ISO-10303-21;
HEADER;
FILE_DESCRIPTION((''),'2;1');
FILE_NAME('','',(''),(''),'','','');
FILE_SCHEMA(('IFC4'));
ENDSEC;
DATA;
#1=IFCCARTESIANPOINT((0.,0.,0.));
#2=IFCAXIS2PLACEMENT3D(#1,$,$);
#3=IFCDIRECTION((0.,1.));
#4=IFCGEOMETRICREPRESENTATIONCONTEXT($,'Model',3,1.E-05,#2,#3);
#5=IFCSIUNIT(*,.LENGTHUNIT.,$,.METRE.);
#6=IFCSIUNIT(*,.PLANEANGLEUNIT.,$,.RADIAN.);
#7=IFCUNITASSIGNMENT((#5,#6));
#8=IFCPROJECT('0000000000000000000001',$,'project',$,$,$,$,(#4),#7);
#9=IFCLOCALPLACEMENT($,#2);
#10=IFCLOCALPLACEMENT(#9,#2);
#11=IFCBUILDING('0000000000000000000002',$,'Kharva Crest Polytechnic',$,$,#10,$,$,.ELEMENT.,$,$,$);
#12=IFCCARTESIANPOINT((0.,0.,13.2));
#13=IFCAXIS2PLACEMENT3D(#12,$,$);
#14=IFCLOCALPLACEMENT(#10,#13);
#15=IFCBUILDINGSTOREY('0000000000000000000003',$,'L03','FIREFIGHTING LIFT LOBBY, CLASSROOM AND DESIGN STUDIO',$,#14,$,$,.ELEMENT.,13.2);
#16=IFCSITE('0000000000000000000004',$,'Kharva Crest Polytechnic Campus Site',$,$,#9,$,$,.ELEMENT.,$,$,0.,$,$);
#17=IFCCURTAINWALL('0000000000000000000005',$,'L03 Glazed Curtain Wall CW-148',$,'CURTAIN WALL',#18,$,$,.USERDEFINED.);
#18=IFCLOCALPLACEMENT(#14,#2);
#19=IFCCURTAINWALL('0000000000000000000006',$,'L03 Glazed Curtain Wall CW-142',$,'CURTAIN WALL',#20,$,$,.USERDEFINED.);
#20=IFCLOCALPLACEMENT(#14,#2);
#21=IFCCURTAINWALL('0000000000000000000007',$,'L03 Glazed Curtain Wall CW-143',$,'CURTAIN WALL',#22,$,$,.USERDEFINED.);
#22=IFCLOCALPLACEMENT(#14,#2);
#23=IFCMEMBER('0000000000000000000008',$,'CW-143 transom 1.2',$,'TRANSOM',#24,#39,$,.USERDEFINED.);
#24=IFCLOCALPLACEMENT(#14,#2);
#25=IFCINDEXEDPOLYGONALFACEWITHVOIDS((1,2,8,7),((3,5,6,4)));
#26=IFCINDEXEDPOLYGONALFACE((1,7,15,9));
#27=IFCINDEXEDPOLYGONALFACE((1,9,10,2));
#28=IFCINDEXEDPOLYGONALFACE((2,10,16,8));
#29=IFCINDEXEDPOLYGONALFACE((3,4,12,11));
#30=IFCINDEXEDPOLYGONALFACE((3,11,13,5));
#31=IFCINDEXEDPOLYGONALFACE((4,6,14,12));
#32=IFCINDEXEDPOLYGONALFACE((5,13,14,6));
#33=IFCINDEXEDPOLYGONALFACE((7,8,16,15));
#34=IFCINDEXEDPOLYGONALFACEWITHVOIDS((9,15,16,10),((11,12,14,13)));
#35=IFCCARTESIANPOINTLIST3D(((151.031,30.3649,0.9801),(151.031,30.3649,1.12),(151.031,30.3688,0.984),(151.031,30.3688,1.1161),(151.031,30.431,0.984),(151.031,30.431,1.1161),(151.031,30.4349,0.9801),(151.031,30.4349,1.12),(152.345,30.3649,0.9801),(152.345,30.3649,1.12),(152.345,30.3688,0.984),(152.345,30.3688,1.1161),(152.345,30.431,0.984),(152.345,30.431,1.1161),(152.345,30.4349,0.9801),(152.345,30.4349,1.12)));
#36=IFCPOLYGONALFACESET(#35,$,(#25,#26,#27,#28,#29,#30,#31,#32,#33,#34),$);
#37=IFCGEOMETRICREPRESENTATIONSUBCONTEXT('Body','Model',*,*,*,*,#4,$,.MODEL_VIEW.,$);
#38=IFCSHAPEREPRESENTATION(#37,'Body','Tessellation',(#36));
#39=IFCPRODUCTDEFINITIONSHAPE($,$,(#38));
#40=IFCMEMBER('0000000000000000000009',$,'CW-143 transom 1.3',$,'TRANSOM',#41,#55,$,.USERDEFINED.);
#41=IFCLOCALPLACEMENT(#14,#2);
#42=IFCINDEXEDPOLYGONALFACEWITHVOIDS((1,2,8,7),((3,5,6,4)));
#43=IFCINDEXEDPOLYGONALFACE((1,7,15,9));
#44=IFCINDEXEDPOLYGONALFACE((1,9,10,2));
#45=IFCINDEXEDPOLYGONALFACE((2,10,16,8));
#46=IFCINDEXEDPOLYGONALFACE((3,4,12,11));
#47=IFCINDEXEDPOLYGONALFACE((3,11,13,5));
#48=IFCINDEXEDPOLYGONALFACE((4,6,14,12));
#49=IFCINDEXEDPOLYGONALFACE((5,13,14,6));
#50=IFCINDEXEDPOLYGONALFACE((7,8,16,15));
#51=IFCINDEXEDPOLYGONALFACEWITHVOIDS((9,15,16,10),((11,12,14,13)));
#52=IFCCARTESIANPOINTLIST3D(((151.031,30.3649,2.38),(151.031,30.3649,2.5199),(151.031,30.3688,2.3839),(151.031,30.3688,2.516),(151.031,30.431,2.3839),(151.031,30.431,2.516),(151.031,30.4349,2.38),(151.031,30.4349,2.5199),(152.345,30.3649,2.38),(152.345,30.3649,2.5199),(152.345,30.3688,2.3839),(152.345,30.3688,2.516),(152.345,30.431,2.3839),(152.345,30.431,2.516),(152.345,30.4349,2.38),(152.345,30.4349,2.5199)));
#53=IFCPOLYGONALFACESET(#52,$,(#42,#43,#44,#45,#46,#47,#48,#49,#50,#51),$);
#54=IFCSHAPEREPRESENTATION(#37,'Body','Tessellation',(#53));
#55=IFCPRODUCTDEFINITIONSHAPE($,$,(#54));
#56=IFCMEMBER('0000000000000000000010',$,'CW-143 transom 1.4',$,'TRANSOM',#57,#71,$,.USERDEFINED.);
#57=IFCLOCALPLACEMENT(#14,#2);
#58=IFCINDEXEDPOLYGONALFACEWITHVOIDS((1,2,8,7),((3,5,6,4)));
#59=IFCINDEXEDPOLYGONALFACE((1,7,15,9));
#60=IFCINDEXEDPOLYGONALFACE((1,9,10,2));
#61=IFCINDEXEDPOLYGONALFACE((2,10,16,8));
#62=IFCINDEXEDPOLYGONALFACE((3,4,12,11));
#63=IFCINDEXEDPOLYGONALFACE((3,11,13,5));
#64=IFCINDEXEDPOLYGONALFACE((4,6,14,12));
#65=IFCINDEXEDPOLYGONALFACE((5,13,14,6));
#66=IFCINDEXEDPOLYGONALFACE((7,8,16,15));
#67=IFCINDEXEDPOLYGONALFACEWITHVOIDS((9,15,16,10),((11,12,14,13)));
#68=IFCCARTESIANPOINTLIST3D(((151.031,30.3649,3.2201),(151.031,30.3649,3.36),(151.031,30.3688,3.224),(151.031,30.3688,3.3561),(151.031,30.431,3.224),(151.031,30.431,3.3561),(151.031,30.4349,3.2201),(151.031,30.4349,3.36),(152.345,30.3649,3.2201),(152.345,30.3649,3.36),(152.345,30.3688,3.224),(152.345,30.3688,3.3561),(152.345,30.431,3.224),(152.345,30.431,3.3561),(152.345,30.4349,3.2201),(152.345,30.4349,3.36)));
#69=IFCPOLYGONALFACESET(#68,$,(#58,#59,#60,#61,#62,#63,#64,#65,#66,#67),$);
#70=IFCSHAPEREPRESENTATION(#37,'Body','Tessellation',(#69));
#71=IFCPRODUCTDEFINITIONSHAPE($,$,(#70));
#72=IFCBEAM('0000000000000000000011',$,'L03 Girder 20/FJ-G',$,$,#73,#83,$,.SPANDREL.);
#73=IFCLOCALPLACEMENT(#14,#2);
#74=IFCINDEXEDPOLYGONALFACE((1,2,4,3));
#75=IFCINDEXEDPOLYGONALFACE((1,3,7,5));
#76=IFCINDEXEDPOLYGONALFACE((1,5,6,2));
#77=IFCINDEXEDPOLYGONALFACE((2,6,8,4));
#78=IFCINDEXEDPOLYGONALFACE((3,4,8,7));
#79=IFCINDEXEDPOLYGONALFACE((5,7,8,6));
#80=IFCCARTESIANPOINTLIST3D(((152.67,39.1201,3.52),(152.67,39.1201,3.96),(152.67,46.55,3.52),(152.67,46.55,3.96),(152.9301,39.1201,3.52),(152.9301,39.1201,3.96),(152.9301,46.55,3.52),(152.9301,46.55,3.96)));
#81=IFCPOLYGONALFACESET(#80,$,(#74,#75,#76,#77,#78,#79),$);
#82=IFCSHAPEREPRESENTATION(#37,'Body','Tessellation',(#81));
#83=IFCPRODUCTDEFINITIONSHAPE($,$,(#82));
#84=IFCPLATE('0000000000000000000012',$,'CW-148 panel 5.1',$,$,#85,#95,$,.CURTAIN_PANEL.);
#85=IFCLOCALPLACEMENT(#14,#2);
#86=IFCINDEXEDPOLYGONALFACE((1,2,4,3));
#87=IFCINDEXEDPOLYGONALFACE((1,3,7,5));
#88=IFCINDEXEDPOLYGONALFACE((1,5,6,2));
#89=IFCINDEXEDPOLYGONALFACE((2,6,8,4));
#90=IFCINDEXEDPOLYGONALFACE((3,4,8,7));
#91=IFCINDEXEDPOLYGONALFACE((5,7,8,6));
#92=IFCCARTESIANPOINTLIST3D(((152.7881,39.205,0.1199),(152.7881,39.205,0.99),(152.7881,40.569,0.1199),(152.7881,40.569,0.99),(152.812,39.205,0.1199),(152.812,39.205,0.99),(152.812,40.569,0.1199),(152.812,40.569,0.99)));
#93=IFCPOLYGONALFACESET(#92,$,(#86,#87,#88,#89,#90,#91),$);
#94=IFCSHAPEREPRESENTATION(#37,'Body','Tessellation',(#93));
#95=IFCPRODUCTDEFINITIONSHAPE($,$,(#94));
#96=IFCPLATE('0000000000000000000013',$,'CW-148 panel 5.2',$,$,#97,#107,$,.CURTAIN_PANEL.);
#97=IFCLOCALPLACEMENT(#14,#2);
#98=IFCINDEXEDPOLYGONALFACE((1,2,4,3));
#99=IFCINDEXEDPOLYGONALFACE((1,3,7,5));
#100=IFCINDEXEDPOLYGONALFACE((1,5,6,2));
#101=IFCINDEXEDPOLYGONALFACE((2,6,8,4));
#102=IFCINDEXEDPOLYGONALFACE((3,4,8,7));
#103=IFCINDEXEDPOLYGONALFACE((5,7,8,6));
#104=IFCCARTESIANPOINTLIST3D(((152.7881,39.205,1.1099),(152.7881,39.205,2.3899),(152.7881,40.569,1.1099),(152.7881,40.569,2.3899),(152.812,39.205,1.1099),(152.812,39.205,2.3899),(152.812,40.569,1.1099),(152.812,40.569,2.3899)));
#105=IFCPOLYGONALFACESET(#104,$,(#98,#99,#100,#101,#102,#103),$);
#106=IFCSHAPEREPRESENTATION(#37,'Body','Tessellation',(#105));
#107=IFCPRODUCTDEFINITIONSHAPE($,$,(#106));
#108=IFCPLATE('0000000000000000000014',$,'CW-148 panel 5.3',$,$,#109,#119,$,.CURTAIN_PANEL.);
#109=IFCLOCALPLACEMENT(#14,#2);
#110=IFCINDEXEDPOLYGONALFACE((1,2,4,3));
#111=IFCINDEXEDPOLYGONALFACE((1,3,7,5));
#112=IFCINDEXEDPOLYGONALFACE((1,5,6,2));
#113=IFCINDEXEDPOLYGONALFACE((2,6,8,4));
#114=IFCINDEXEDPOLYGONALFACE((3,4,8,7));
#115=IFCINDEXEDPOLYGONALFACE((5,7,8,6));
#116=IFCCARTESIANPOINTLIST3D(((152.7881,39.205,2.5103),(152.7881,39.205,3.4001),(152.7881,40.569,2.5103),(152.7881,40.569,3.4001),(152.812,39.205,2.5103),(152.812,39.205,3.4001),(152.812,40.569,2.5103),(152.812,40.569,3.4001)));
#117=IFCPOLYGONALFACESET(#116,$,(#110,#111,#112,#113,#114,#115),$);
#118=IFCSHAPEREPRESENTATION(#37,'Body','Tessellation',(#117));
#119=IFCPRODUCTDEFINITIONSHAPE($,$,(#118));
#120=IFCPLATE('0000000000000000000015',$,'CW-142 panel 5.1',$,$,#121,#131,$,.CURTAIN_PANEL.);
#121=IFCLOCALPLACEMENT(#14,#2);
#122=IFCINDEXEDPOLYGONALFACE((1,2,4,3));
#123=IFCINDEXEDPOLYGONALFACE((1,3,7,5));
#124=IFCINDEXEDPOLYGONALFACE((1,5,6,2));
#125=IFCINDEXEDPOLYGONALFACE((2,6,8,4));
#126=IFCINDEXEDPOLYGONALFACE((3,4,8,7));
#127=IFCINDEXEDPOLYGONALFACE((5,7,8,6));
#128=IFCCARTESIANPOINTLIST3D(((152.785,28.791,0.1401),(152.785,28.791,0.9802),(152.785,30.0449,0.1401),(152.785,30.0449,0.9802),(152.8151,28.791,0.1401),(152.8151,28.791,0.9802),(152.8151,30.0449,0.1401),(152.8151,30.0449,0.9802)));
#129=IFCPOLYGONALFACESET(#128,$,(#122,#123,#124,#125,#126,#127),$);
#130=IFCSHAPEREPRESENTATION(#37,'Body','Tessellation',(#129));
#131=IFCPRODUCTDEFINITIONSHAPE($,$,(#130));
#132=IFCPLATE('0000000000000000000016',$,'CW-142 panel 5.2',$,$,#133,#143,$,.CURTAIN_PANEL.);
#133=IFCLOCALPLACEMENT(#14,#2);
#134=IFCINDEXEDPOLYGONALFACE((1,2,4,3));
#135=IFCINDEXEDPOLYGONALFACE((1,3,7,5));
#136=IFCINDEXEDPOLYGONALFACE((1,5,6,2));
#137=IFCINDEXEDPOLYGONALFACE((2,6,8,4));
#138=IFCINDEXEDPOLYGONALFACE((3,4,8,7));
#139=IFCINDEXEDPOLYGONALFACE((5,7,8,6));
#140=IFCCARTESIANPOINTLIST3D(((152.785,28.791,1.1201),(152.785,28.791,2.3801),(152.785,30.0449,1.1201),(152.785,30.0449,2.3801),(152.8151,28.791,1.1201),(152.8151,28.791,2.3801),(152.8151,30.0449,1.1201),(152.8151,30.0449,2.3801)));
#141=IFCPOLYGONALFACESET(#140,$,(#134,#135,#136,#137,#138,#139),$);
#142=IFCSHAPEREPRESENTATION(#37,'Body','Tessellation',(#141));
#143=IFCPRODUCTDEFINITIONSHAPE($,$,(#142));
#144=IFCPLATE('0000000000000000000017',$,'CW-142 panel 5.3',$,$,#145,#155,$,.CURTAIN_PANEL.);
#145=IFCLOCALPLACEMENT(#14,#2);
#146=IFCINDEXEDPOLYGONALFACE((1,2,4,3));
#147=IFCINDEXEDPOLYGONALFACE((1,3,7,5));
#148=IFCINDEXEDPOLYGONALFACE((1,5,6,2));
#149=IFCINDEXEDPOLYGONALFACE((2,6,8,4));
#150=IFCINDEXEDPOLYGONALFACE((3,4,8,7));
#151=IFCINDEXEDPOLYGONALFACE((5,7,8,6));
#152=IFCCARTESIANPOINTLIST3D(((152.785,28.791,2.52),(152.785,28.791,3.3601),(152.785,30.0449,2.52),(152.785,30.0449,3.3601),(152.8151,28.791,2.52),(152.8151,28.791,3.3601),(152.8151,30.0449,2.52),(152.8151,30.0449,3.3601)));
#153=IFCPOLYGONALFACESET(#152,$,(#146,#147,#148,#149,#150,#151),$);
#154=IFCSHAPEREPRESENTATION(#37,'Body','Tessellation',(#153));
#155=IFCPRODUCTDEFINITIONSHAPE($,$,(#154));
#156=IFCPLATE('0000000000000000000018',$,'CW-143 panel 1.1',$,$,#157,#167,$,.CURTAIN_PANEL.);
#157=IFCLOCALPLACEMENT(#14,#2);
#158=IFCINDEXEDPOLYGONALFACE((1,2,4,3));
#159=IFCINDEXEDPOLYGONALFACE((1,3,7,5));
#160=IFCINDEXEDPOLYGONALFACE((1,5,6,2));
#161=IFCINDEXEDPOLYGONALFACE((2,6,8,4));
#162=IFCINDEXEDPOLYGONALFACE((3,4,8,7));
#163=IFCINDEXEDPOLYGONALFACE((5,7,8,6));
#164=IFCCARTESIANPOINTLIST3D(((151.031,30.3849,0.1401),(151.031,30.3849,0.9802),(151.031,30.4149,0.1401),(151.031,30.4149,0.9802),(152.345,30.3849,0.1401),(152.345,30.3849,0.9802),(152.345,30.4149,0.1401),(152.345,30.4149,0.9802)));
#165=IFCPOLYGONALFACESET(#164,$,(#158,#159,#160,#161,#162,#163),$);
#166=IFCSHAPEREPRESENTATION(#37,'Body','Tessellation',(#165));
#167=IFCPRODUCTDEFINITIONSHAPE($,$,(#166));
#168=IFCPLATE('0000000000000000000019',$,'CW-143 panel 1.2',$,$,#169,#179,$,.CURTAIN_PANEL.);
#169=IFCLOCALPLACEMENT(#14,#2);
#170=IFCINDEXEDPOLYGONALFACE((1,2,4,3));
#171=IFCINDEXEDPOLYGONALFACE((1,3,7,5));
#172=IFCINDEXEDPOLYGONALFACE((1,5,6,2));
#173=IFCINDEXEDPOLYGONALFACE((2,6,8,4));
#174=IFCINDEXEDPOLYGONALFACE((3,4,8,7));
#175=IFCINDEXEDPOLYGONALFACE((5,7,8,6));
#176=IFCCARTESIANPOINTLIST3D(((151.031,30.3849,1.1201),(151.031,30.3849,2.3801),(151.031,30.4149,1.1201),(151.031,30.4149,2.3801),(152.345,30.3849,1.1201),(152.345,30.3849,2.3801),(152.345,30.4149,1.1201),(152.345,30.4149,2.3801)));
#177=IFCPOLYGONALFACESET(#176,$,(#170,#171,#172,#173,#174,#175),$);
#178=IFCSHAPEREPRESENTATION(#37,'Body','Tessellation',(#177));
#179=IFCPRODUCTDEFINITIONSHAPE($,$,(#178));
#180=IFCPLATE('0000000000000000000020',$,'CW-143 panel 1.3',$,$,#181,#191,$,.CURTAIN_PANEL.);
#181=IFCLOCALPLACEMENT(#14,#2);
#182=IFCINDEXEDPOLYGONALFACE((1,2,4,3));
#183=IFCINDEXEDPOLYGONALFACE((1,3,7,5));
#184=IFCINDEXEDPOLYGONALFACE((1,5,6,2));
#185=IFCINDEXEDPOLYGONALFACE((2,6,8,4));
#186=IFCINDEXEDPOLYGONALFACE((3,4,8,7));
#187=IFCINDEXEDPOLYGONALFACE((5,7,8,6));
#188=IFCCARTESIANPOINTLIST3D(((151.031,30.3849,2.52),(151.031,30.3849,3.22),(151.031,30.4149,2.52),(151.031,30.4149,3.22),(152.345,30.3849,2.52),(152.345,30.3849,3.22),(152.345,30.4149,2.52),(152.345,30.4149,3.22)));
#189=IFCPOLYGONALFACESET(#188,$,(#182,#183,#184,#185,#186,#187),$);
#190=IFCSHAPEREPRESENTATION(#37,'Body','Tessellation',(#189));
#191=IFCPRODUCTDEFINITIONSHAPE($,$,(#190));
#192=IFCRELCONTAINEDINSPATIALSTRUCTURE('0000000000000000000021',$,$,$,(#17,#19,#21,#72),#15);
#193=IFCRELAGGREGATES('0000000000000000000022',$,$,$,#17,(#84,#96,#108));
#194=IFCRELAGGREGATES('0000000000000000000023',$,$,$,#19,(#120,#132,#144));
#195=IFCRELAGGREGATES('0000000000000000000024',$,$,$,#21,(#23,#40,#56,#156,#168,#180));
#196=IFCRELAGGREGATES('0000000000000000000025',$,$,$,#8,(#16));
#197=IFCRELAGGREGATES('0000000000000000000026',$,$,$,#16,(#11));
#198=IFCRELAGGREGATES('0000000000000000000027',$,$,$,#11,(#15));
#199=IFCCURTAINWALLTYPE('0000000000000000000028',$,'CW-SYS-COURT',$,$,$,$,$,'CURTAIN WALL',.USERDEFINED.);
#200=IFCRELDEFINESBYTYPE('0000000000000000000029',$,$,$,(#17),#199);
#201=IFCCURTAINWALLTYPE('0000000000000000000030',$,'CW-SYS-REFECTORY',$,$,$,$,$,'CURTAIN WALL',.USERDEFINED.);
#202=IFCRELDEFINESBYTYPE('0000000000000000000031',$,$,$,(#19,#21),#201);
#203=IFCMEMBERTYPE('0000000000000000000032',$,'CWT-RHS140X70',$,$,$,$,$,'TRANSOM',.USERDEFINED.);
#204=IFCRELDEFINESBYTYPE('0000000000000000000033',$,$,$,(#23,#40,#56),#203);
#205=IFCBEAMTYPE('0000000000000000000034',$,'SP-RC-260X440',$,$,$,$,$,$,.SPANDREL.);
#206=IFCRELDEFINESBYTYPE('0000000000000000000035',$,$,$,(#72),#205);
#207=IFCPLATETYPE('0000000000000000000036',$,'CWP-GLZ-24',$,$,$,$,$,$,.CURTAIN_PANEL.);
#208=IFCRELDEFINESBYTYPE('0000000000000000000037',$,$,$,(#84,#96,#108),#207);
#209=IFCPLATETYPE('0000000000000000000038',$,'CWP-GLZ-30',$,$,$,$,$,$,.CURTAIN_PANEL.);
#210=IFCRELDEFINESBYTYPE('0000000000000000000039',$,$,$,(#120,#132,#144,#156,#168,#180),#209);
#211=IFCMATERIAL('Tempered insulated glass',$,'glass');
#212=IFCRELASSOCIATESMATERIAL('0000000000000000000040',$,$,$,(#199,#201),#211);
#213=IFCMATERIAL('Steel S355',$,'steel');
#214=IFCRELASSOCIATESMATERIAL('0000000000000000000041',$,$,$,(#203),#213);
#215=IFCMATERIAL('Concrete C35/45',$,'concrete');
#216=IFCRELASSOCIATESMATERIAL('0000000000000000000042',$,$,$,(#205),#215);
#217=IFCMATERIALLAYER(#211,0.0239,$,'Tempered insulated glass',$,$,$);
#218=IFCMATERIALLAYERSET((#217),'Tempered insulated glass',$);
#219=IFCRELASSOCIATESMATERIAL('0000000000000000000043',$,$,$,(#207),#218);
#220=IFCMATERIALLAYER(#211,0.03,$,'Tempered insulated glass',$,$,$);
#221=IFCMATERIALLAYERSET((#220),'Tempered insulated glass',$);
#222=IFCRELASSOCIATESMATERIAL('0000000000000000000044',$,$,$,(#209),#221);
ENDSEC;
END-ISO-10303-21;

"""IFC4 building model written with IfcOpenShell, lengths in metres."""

from ifc_helpers import new_model, si_unit, direction, frame, origin, origin_2d, place, context, subcontext, project, spatial, rectangle, hollow_rectangle, extrude, material, layer, layer_set, material_profile, profile_set, type_object, element, aggregate, save


model = new_model("IFC4")

# Units and contexts
model_context = context("Model", 3, precision=1e-05, world=origin(), true_north=direction((0.0, 1.0)))
body_context = subcontext(model_context, "Body", "Model", "MODEL_VIEW")
ifc_project = project(units=[si_unit("LENGTHUNIT", "METRE"), si_unit("PLANEANGLEUNIT", "RADIAN")], contexts=[model_context])

# Site, building, storey
site_placement = place(None, origin())
site = spatial("IfcSite", under=ifc_project, at=site_placement, Name="Kharva Crest Polytechnic Campus Site", CompositionType="ELEMENT", RefElevation=0.0)
building_placement = place(site_placement, origin())
building = spatial("IfcBuilding", under=site, at=building_placement, Name="Kharva Crest Polytechnic", CompositionType="ELEMENT")
storey_placement = place(building_placement, frame((0.0, 0.0, 13.2)))
storey = spatial("IfcBuildingStorey", under=building, at=storey_placement, Name="L03", Description="FIREFIGHTING LIFT LOBBY, CLASSROOM AND DESIGN STUDIO", CompositionType="ELEMENT", Elevation=13.2)

# Curtain walls
ifc_material_1 = material(Name="Tempered insulated glass", Category="glass")
curtain_wall_type_1 = type_object("IfcCurtainWallType", Name="CW-SYS-COURT", ElementType="CURTAIN WALL", PredefinedType="USERDEFINED", material=ifc_material_1)
curtain_wall_1_placement = place(storey_placement, origin())
curtain_wall_1 = element("IfcCurtainWall", 1, at=curtain_wall_1_placement, inside=storey, type_object=curtain_wall_type_1, Name="L03 Glazed Curtain Wall CW-148", ObjectType="CURTAIN WALL", PredefinedType="USERDEFINED")
ifc_material_2 = material(Name="Steel S355", Category="steel")
curtain_wall_type_2 = type_object("IfcCurtainWallType", Name="CW-SYS-REFECTORY", ElementType="CURTAIN WALL", PredefinedType="USERDEFINED", material=ifc_material_1)
curtain_wall_2_placement = place(storey_placement, origin())
curtain_wall_2 = element("IfcCurtainWall", 2, at=curtain_wall_2_placement, inside=storey, type_object=curtain_wall_type_2, Name="L03 Glazed Curtain Wall CW-142", ObjectType="CURTAIN WALL", PredefinedType="USERDEFINED")

# Curtain wall
curtain_wall_3_placement = place(storey_placement, origin())
curtain_wall_3 = element("IfcCurtainWall", 3, at=curtain_wall_3_placement, inside=storey, type_object=curtain_wall_type_2, Name="L03 Glazed Curtain Wall CW-143", ObjectType="CURTAIN WALL", PredefinedType="USERDEFINED")

# Members
ifc_material_profile_1 = material_profile(ifc_material_2, hollow_rectangle(XDim=0.0701, YDim=0.1399, WallThickness=0.0039, at=origin_2d()), Name="RHS 140X70X4.0")
ifc_profile_set_1 = profile_set([ifc_material_profile_1], Name="Steel S355")
member_type_1 = type_object("IfcMemberType", Name="CWT-RHS140X70", ElementType="TRANSOM", PredefinedType="USERDEFINED", material=ifc_profile_set_1)
member_1_placement = place(storey_placement, frame((152.345, 30.3999, 1.05), z_axis=(-1.0, 0.0, 0.0), x_axis=(0.0, -1.0, 0.0)))
member_1 = element("IfcMember", 4, at=member_1_placement, type_object=member_type_1, Name="CW-143 transom 1.2", ObjectType="TRANSOM", PredefinedType="USERDEFINED", context=body_context, shape_type="SweptSolid", body=[
    extrude(hollow_rectangle(XDim=0.0701, YDim=0.1399, WallThickness=0.0039, at=origin_2d()), origin(), (0.0, 0.0, 1.0), 1.314),
])
member_2_placement = place(storey_placement, frame((152.345, 30.3999, 2.45), z_axis=(-1.0, 0.0, 0.0), x_axis=(0.0, -1.0, 0.0)))
member_2 = element("IfcMember", 5, at=member_2_placement, type_object=member_type_1, Name="CW-143 transom 1.3", ObjectType="TRANSOM", PredefinedType="USERDEFINED", context=body_context, shape_type="SweptSolid", body=[
    extrude(hollow_rectangle(XDim=0.0701, YDim=0.1399, WallThickness=0.0039, at=origin_2d()), origin(), (0.0, 0.0, 1.0), 1.314),
])
member_3_placement = place(storey_placement, frame((152.345, 30.3999, 3.29), z_axis=(-1.0, 0.0, 0.0), x_axis=(0.0, -1.0, 0.0)))
member_3 = element("IfcMember", 6, at=member_3_placement, type_object=member_type_1, Name="CW-143 transom 1.4", ObjectType="TRANSOM", PredefinedType="USERDEFINED", context=body_context, shape_type="SweptSolid", body=[
    extrude(hollow_rectangle(XDim=0.0701, YDim=0.1399, WallThickness=0.0039, at=origin_2d()), origin(), (0.0, 0.0, 1.0), 1.314),
])

# Beam
ifc_material_3 = material(Name="Concrete C35/45", Category="concrete")
ifc_material_profile_2 = material_profile(ifc_material_3, rectangle(XDim=0.26, YDim=0.4399, at=origin_2d()), Name="RECT 260 X 440")
ifc_profile_set_2 = profile_set([ifc_material_profile_2], Name="Concrete C35/45")
beam_type = type_object("IfcBeamType", Name="SP-RC-260X440", PredefinedType="SPANDREL", material=ifc_profile_set_2)
beam_placement = place(storey_placement, frame((152.8, 39.1201, 3.74), z_axis=(0.0, 1.0, 0.0), x_axis=(-1.0, 0.0, 0.0)))
element("IfcBeam", 7, at=beam_placement, inside=storey, type_object=beam_type, Name="L03 Girder 20/FJ-G", PredefinedType="SPANDREL", context=body_context, shape_type="SweptSolid", body=[
    extrude(rectangle(XDim=0.26, YDim=0.4399, at=origin_2d()), origin(), (0.0, 0.0, 1.0), 7.4299),
])

# Plates
ifc_layer_1 = layer(ifc_material_1, 0.0239, Name="Tempered insulated glass")
ifc_layer_set_1 = layer_set([ifc_layer_1], Name="Tempered insulated glass")
plate_type_1 = type_object("IfcPlateType", Name="CWP-GLZ-24", PredefinedType="CURTAIN_PANEL", material=ifc_layer_set_1)
plate_1_placement = place(storey_placement, frame((152.8, 39.887, 0.1199), z_axis=(0.0, 0.0, 1.0), x_axis=(0.0, -1.0, 0.0)))
plate_1 = element("IfcPlate", 8, at=plate_1_placement, type_object=plate_type_1, Name="CW-148 panel 5.1", PredefinedType="CURTAIN_PANEL", context=body_context, shape_type="SweptSolid", body=[
    extrude(rectangle(XDim=1.364, YDim=0.0239, at=origin_2d()), origin(), (0.0, 0.0, 1.0), 0.8701),
])
plate_2_placement = place(storey_placement, frame((152.8, 39.887, 1.1099), z_axis=(0.0, 0.0, 1.0), x_axis=(0.0, -1.0, 0.0)))
plate_2 = element("IfcPlate", 9, at=plate_2_placement, type_object=plate_type_1, Name="CW-148 panel 5.2", PredefinedType="CURTAIN_PANEL", context=body_context, shape_type="SweptSolid", body=[
    extrude(rectangle(XDim=1.364, YDim=0.0239, at=origin_2d()), origin(), (0.0, 0.0, 1.0), 1.28),
])
plate_3_placement = place(storey_placement, frame((152.8, 39.887, 2.5103), z_axis=(0.0, 0.0, 1.0), x_axis=(0.0, -1.0, 0.0)))
plate_3 = element("IfcPlate", 10, at=plate_3_placement, type_object=plate_type_1, Name="CW-148 panel 5.3", PredefinedType="CURTAIN_PANEL", context=body_context, shape_type="SweptSolid", body=[
    extrude(rectangle(XDim=1.364, YDim=0.0239, at=origin_2d()), origin(), (0.0, 0.0, 1.0), 0.8899),
])
aggregate(curtain_wall_1, [plate_1, plate_2, plate_3])
ifc_layer_2 = layer(ifc_material_1, 0.03, Name="Tempered insulated glass")
ifc_layer_set_2 = layer_set([ifc_layer_2], Name="Tempered insulated glass")
plate_type_2 = type_object("IfcPlateType", Name="CWP-GLZ-30", PredefinedType="CURTAIN_PANEL", material=ifc_layer_set_2)
plate_4_placement = place(storey_placement, frame((152.8, 29.418, 0.1401), z_axis=(0.0, 0.0, 1.0), x_axis=(0.0, 1.0, 0.0)))
plate_4 = element("IfcPlate", 11, at=plate_4_placement, type_object=plate_type_2, Name="CW-142 panel 5.1", PredefinedType="CURTAIN_PANEL", context=body_context, shape_type="SweptSolid", body=[
    extrude(rectangle(XDim=1.2539, YDim=0.03, at=origin_2d()), origin(), (0.0, 0.0, 1.0), 0.8401),
])
plate_5_placement = place(storey_placement, frame((152.8, 29.418, 1.1201), z_axis=(0.0, 0.0, 1.0), x_axis=(0.0, 1.0, 0.0)))
plate_5 = element("IfcPlate", 12, at=plate_5_placement, type_object=plate_type_2, Name="CW-142 panel 5.2", PredefinedType="CURTAIN_PANEL", context=body_context, shape_type="SweptSolid", body=[
    extrude(rectangle(XDim=1.2539, YDim=0.03, at=origin_2d()), origin(), (0.0, 0.0, 1.0), 1.26),
])
plate_6_placement = place(storey_placement, frame((152.8, 29.418, 2.52), z_axis=(0.0, 0.0, 1.0), x_axis=(0.0, 1.0, 0.0)))
plate_6 = element("IfcPlate", 13, at=plate_6_placement, type_object=plate_type_2, Name="CW-142 panel 5.3", PredefinedType="CURTAIN_PANEL", context=body_context, shape_type="SweptSolid", body=[
    extrude(rectangle(XDim=1.2539, YDim=0.03, at=origin_2d()), origin(), (0.0, 0.0, 1.0), 0.8401),
])
aggregate(curtain_wall_2, [plate_4, plate_5, plate_6])
plate_7_placement = place(storey_placement, frame((151.688, 30.3999, 0.1401), z_axis=(0.0, 0.0, 1.0), x_axis=(-1.0, 0.0, 0.0)))
plate_7 = element("IfcPlate", 14, at=plate_7_placement, type_object=plate_type_2, Name="CW-143 panel 1.1", PredefinedType="CURTAIN_PANEL", context=body_context, shape_type="SweptSolid", body=[
    extrude(rectangle(XDim=1.314, YDim=0.03, at=origin_2d()), origin(), (0.0, 0.0, 1.0), 0.8401),
])
plate_8_placement = place(storey_placement, frame((151.688, 30.3999, 1.1201), z_axis=(0.0, 0.0, 1.0), x_axis=(-1.0, 0.0, 0.0)))
plate_8 = element("IfcPlate", 15, at=plate_8_placement, type_object=plate_type_2, Name="CW-143 panel 1.2", PredefinedType="CURTAIN_PANEL", context=body_context, shape_type="SweptSolid", body=[
    extrude(rectangle(XDim=1.314, YDim=0.03, at=origin_2d()), origin(), (0.0, 0.0, 1.0), 1.26),
])
plate_9_placement = place(storey_placement, frame((151.688, 30.3999, 2.52), z_axis=(0.0, 0.0, 1.0), x_axis=(-1.0, 0.0, 0.0)))
plate_9 = element("IfcPlate", 16, at=plate_9_placement, type_object=plate_type_2, Name="CW-143 panel 1.3", PredefinedType="CURTAIN_PANEL", context=body_context, shape_type="SweptSolid", body=[
    extrude(rectangle(XDim=1.314, YDim=0.03, at=origin_2d()), origin(), (0.0, 0.0, 1.0), 0.7),
])
aggregate(curtain_wall_3, [member_1, member_2, member_3, plate_7, plate_8, plate_9])

save(model, "model.ifc")
